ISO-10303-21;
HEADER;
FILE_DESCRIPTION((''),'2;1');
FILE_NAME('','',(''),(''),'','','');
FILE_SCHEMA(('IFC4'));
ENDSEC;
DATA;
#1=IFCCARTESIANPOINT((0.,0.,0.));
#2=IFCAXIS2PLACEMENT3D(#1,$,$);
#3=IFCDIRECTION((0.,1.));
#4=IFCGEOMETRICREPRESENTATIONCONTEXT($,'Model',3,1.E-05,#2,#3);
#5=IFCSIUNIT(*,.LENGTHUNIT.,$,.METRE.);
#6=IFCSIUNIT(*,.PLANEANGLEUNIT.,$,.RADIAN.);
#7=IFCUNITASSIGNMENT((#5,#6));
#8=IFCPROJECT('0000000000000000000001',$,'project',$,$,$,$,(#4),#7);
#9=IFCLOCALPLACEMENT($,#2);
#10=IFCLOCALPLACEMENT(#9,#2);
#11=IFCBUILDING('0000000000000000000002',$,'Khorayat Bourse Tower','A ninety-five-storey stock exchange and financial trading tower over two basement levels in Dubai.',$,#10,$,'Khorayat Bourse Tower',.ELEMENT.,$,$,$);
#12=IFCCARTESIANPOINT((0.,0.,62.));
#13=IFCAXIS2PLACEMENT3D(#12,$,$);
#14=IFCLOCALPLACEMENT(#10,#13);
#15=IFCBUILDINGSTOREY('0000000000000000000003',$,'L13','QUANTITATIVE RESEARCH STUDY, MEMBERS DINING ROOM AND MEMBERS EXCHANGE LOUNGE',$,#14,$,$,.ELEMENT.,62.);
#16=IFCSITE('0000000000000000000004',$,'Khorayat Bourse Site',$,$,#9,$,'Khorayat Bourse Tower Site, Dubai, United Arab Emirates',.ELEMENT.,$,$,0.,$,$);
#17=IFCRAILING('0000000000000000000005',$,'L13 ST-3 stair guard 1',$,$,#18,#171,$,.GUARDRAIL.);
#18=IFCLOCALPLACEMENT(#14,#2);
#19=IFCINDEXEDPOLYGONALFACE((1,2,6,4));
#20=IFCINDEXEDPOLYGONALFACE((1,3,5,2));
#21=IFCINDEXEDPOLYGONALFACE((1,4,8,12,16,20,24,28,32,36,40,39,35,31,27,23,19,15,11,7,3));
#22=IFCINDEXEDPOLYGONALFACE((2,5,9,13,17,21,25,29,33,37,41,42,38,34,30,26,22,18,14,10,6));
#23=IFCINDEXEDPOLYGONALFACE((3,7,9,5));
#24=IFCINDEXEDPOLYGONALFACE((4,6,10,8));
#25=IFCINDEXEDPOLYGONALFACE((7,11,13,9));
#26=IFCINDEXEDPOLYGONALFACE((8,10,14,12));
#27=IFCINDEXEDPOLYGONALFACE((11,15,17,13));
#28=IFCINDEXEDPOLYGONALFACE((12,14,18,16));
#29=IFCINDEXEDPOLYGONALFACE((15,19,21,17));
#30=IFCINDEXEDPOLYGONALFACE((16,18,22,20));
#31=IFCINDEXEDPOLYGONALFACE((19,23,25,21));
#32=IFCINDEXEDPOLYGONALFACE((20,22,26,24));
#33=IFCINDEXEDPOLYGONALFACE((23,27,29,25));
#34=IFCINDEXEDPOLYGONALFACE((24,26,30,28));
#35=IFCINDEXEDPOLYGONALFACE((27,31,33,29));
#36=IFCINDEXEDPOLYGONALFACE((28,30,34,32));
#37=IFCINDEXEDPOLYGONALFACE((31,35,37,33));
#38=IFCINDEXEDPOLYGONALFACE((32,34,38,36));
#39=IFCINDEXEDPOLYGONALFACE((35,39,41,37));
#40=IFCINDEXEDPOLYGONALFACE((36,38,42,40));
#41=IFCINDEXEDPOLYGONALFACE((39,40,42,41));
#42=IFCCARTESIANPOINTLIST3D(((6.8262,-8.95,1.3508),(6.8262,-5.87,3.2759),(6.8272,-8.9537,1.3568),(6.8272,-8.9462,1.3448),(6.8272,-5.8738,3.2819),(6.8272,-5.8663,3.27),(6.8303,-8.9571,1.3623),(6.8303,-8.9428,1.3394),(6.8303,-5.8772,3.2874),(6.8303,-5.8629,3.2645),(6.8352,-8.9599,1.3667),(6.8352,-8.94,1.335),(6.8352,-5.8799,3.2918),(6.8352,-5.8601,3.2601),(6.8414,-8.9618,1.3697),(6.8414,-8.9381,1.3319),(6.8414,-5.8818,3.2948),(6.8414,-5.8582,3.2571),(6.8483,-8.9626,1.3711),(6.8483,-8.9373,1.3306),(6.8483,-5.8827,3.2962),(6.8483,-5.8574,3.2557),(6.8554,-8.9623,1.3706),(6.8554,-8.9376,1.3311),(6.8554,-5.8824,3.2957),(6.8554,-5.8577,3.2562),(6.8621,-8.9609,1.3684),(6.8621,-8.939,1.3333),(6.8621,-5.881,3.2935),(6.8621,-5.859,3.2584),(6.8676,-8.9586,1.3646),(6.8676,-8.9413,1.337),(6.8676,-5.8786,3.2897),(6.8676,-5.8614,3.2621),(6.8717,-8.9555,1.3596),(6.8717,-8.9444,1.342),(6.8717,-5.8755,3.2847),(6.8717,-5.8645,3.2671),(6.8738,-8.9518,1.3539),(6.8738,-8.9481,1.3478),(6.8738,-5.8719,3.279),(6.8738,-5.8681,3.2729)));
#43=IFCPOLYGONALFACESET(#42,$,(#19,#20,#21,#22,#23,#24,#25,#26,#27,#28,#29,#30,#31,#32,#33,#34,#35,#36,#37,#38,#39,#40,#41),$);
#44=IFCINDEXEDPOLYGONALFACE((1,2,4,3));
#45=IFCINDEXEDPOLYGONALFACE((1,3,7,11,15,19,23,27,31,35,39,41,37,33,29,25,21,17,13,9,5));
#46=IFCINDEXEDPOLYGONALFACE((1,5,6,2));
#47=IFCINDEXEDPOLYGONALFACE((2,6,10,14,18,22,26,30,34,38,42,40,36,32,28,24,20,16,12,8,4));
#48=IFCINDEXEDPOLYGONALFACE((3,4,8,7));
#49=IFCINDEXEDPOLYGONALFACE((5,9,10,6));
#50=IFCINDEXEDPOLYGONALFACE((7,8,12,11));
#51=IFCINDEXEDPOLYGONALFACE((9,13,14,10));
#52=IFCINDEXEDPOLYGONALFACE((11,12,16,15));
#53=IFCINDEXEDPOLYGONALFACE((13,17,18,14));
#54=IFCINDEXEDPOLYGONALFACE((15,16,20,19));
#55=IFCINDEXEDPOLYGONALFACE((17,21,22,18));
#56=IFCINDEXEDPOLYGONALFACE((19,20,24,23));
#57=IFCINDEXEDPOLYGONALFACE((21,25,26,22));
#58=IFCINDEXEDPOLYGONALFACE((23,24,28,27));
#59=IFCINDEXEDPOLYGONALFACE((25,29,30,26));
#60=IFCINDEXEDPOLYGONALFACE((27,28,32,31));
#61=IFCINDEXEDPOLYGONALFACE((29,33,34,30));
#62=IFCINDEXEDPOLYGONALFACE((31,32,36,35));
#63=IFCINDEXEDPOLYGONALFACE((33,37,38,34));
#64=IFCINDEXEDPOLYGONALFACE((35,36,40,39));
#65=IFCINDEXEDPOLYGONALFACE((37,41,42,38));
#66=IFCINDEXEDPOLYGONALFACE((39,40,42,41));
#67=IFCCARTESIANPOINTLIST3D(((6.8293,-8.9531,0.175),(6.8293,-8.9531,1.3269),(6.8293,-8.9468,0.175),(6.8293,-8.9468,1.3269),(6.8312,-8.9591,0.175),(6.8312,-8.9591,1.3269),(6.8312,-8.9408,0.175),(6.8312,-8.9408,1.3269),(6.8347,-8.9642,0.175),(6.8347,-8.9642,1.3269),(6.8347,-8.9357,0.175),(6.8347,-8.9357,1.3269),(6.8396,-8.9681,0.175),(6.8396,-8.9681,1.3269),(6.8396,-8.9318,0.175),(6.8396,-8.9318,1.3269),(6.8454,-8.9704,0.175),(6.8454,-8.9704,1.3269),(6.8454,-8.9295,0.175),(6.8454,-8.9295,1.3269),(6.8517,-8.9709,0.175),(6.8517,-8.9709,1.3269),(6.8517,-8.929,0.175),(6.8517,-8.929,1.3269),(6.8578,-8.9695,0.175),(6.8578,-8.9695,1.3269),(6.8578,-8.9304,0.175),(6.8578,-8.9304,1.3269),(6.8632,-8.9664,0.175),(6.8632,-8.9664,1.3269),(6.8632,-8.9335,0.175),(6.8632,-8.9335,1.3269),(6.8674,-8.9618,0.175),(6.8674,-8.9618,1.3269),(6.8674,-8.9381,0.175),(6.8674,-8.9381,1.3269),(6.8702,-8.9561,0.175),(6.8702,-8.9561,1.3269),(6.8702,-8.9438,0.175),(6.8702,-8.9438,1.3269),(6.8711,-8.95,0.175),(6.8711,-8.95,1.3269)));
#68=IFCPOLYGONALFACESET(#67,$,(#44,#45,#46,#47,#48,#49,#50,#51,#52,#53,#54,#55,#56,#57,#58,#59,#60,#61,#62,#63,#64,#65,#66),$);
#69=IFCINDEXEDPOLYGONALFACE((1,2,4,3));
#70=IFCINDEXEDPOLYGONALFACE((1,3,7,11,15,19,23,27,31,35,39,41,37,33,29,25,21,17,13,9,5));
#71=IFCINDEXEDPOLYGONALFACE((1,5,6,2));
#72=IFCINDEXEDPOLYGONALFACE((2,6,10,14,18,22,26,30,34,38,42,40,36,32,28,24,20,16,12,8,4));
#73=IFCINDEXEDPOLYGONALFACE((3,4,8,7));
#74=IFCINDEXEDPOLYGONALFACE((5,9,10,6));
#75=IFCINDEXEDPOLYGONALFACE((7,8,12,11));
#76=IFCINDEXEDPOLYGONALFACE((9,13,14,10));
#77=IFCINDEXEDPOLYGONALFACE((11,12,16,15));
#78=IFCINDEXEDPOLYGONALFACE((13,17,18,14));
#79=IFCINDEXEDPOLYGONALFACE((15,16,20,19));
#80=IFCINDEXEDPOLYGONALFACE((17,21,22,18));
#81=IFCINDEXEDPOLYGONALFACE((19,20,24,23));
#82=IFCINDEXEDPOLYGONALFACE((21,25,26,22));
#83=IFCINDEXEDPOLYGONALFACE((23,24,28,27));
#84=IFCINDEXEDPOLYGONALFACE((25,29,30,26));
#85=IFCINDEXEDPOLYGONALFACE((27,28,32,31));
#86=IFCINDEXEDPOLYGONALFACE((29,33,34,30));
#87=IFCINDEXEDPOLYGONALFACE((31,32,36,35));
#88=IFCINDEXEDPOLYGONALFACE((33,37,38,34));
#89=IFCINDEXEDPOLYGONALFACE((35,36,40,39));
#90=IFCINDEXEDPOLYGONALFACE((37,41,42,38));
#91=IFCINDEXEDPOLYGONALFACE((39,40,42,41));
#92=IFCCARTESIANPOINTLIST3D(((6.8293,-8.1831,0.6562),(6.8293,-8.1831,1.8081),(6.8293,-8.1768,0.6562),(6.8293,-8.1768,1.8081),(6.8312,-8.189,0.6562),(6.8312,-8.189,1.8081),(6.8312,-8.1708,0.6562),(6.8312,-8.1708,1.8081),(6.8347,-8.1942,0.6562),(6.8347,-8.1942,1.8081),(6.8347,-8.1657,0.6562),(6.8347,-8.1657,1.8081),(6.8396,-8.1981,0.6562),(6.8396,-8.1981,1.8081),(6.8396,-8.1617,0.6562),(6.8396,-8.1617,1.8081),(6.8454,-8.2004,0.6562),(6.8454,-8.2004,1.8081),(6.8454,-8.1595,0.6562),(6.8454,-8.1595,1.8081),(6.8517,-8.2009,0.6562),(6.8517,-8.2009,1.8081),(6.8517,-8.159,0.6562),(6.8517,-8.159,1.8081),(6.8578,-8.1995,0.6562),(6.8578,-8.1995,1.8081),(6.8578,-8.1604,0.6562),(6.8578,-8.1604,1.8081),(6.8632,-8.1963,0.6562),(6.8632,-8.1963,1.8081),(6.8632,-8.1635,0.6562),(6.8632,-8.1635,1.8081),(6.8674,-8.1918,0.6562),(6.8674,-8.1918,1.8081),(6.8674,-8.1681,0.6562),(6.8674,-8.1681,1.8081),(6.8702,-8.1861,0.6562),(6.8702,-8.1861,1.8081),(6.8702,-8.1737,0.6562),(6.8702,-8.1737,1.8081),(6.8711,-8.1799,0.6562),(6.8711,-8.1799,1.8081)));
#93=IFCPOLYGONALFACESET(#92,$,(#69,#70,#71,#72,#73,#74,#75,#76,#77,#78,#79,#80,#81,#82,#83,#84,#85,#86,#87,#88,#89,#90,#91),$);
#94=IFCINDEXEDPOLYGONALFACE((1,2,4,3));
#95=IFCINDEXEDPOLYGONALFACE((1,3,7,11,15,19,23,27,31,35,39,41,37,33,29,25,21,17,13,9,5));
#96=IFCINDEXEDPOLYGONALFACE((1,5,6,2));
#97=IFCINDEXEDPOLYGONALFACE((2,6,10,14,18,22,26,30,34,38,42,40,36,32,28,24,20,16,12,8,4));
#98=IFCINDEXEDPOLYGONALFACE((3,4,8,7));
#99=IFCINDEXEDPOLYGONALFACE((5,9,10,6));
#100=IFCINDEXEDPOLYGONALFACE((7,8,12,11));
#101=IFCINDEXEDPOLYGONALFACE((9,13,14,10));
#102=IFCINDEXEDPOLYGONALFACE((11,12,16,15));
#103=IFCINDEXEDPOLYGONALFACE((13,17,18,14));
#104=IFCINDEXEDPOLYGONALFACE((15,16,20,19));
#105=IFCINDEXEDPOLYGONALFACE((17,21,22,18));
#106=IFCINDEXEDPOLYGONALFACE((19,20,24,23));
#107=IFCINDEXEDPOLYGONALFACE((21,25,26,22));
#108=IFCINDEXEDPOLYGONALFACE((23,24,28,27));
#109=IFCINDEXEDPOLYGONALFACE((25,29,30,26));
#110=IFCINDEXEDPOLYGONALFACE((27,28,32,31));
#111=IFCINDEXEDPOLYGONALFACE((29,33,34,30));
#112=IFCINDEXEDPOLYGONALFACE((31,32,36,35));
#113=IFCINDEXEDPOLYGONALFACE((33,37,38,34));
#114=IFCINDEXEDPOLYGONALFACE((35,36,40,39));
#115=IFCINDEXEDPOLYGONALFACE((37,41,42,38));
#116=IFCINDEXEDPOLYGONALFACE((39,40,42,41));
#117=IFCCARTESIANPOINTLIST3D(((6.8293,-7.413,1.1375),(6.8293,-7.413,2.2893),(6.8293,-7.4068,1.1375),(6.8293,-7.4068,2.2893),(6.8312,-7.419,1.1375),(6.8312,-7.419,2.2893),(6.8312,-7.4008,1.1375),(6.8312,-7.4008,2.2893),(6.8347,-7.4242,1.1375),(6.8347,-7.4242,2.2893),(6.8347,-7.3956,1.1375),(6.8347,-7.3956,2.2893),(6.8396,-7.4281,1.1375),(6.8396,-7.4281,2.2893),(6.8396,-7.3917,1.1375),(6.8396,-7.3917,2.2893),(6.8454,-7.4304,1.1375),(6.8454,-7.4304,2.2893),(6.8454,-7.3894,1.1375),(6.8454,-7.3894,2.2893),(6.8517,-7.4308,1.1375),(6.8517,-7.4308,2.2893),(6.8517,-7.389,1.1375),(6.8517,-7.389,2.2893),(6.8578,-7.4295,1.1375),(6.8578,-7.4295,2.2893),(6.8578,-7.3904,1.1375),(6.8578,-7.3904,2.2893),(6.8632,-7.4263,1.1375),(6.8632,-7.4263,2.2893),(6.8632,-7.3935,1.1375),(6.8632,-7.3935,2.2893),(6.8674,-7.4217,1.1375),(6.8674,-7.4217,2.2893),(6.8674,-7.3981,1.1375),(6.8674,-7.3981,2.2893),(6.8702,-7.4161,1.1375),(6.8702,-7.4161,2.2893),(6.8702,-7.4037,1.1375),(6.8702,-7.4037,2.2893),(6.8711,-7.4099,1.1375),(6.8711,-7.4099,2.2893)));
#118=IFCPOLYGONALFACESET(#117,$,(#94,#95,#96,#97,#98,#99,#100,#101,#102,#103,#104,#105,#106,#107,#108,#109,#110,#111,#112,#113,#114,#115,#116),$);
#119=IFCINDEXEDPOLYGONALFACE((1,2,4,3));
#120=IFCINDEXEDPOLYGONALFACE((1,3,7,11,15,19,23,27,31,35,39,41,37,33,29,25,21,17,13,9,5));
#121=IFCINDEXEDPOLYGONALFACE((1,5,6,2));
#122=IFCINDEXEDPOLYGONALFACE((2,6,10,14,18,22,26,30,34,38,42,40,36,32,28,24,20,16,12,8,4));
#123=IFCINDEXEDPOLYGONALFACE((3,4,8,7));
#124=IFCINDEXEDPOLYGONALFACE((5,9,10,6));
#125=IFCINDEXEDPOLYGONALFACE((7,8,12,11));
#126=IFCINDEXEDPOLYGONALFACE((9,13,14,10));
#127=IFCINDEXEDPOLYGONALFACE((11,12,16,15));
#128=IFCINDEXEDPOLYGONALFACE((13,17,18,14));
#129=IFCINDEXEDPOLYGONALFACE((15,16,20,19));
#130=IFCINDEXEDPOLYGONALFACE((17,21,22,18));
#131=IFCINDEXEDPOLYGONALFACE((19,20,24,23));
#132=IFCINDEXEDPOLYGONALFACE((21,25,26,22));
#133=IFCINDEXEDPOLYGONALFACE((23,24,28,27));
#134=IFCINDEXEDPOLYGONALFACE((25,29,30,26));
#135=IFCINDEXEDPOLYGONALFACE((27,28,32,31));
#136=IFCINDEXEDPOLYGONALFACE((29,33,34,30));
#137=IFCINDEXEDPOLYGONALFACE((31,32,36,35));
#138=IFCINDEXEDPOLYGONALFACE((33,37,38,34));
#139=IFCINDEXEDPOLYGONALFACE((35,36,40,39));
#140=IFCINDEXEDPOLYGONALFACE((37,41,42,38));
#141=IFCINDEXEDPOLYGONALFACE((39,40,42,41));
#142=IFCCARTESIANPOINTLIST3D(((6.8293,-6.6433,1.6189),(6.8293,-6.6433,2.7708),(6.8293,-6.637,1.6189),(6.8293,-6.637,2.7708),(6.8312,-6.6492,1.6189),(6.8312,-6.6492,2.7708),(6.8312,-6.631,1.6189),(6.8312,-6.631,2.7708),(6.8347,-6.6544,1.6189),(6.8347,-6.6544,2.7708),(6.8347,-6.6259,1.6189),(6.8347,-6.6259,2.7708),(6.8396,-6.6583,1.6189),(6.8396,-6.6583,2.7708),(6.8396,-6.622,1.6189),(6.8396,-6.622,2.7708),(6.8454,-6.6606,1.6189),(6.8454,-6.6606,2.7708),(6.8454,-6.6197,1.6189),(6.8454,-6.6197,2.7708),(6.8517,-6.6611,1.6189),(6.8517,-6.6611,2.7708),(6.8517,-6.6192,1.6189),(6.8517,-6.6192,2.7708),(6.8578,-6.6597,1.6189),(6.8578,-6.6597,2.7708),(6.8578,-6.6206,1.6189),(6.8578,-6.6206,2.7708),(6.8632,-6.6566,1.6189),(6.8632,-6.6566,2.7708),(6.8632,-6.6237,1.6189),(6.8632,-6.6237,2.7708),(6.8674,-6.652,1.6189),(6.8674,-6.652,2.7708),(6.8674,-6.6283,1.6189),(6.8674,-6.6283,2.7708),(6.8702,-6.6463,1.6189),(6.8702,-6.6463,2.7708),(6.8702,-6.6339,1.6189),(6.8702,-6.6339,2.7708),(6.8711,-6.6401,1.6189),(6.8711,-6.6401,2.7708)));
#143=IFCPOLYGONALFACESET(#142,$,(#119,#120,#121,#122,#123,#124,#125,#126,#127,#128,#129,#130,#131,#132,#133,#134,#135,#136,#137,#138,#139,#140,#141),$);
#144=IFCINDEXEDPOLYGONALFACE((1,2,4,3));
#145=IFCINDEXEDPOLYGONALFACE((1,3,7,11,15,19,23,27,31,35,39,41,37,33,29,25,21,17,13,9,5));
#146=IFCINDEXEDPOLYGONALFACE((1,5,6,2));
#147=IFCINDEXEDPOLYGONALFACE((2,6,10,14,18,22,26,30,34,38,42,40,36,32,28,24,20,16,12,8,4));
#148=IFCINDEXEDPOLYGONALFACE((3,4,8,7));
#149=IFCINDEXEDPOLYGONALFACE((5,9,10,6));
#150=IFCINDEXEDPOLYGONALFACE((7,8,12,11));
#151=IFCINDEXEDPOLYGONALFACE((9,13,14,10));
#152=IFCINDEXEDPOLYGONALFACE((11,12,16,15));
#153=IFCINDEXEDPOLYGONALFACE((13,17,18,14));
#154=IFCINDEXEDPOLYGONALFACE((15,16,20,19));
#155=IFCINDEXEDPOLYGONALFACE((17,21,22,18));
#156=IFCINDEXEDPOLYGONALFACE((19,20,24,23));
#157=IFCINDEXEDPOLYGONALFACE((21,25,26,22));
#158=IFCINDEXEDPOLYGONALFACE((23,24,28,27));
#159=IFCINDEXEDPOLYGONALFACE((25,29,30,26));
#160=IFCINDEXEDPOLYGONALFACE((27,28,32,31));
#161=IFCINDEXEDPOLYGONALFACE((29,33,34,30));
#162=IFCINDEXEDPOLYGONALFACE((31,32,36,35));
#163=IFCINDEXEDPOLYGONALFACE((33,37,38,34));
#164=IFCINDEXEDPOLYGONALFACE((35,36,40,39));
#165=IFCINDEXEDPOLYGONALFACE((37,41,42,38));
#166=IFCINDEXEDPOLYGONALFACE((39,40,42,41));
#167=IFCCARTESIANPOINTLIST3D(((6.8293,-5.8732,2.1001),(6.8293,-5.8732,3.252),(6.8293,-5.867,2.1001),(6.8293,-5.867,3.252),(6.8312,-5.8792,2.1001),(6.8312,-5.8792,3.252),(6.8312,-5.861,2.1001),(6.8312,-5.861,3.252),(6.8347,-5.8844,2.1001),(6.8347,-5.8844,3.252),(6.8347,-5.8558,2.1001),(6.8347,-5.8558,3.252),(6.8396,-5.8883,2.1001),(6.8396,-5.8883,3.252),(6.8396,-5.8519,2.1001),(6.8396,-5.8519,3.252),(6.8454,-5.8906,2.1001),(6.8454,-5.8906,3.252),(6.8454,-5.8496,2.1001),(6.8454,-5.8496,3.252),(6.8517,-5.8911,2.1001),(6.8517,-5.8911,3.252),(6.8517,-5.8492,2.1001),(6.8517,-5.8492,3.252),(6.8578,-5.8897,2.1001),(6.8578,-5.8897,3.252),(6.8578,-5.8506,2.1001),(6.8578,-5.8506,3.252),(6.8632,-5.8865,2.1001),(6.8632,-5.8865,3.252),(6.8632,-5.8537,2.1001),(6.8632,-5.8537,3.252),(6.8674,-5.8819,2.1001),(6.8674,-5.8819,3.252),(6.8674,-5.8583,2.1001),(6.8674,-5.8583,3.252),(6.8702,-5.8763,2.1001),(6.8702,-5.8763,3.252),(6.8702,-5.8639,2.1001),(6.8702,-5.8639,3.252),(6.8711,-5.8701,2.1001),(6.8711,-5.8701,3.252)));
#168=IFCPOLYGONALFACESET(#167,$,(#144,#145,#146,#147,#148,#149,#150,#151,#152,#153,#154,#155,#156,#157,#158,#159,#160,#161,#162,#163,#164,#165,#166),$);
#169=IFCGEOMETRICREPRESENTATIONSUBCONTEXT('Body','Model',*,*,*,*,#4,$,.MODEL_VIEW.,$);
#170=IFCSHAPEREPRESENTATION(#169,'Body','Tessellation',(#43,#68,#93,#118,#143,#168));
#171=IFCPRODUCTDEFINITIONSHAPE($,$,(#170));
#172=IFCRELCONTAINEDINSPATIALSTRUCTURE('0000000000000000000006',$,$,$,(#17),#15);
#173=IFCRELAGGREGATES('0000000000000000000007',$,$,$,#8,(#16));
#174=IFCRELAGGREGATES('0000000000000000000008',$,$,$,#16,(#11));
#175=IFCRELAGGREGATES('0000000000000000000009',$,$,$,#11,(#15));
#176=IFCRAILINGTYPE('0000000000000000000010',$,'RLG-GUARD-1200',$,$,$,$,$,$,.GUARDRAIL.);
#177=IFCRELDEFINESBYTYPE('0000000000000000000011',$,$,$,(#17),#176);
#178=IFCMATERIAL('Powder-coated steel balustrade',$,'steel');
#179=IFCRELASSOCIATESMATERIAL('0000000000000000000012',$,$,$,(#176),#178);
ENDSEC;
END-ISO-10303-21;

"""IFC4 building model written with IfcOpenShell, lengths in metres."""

from ifc_helpers import new_model, si_unit, direction, frame, origin, origin_2d, place, context, subcontext, project, spatial, circle, extrude, source, transform, mapped, material, type_object, element, save


model = new_model("IFC4")

# Units and contexts
model_context = context("Model", 3, precision=1e-05, world=origin(), true_north=direction((0.0, 1.0)))
body_context = subcontext(model_context, "Body", "Model", "MODEL_VIEW")
ifc_project = project(units=[si_unit("LENGTHUNIT", "METRE"), si_unit("PLANEANGLEUNIT", "RADIAN")], contexts=[model_context])

# Site, building, storey
site_placement = place(None, origin())
site = spatial("IfcSite", under=ifc_project, at=site_placement, Name="Khorayat Bourse Site", LongName="Khorayat Bourse Tower Site, Dubai, United Arab Emirates", CompositionType="ELEMENT", RefElevation=0.0)
building_placement = place(site_placement, origin())
building = spatial("IfcBuilding", under=site, at=building_placement, Name="Khorayat Bourse Tower", Description="A ninety-five-storey stock exchange and financial trading tower over two basement levels in Dubai.", LongName="Khorayat Bourse Tower", CompositionType="ELEMENT")
storey_placement = place(building_placement, frame((0.0, 0.0, 62.0)))
storey = spatial("IfcBuildingStorey", under=building, at=storey_placement, Name="L13", Description="QUANTITATIVE RESEARCH STUDY, MEMBERS DINING ROOM AND MEMBERS EXCHANGE LOUNGE", CompositionType="ELEMENT", Elevation=62.0)

# Railing
ifc_material_1 = material(Name="Powder-coated steel balustrade", Category="steel")
railing_type_1 = type_object("IfcRailingType", Name="RLG-GUARD-1200", PredefinedType="GUARDRAIL", material=ifc_material_1)
shared_shape_1 = source(origin(), body_context, "Body", "SweptSolid", [
    extrude(circle(Radius=0.0239, at=origin_2d()), frame((0.0, 0.0, 1.1758), z_axis=(0.0, 0.847979, 0.530029), x_axis=(-1.0, 0.0, 0.0)), (0.0, 0.0, 1.0), 3.6321),
    extrude(circle(Radius=0.021, at=origin_2d()), origin(), (0.0, 0.0, 1.0), 1.1519),
    extrude(circle(Radius=0.021, at=origin_2d()), frame((0.0, 0.77, 0.4812)), (0.0, 0.0, 1.0), 1.1519),
    extrude(circle(Radius=0.021, at=origin_2d()), frame((0.0, 1.54, 0.9624)), (0.0, 0.0, 1.0), 1.1519),
    extrude(circle(Radius=0.021, at=origin_2d()), frame((0.0, 2.3098, 1.4438)), (0.0, 0.0, 1.0), 1.1519),
    extrude(circle(Radius=0.021, at=origin_2d()), frame((0.0, 3.0798, 1.925)), (0.0, 0.0, 1.0), 1.1519),
])
railing_1_placement = place(storey_placement, frame((6.8501, -8.95, 0.175)))
element("IfcRailing", 1, at=railing_1_placement, inside=storey, type_object=railing_type_1, Name="L13 ST-3 stair guard 1", PredefinedType="GUARDRAIL", context=body_context, shape_type="MappedRepresentation", body=[
    mapped(shared_shape_1, transform((0.0, 0.0, 0.0), scale=1.0)),
])

save(model, "model.ifc")
